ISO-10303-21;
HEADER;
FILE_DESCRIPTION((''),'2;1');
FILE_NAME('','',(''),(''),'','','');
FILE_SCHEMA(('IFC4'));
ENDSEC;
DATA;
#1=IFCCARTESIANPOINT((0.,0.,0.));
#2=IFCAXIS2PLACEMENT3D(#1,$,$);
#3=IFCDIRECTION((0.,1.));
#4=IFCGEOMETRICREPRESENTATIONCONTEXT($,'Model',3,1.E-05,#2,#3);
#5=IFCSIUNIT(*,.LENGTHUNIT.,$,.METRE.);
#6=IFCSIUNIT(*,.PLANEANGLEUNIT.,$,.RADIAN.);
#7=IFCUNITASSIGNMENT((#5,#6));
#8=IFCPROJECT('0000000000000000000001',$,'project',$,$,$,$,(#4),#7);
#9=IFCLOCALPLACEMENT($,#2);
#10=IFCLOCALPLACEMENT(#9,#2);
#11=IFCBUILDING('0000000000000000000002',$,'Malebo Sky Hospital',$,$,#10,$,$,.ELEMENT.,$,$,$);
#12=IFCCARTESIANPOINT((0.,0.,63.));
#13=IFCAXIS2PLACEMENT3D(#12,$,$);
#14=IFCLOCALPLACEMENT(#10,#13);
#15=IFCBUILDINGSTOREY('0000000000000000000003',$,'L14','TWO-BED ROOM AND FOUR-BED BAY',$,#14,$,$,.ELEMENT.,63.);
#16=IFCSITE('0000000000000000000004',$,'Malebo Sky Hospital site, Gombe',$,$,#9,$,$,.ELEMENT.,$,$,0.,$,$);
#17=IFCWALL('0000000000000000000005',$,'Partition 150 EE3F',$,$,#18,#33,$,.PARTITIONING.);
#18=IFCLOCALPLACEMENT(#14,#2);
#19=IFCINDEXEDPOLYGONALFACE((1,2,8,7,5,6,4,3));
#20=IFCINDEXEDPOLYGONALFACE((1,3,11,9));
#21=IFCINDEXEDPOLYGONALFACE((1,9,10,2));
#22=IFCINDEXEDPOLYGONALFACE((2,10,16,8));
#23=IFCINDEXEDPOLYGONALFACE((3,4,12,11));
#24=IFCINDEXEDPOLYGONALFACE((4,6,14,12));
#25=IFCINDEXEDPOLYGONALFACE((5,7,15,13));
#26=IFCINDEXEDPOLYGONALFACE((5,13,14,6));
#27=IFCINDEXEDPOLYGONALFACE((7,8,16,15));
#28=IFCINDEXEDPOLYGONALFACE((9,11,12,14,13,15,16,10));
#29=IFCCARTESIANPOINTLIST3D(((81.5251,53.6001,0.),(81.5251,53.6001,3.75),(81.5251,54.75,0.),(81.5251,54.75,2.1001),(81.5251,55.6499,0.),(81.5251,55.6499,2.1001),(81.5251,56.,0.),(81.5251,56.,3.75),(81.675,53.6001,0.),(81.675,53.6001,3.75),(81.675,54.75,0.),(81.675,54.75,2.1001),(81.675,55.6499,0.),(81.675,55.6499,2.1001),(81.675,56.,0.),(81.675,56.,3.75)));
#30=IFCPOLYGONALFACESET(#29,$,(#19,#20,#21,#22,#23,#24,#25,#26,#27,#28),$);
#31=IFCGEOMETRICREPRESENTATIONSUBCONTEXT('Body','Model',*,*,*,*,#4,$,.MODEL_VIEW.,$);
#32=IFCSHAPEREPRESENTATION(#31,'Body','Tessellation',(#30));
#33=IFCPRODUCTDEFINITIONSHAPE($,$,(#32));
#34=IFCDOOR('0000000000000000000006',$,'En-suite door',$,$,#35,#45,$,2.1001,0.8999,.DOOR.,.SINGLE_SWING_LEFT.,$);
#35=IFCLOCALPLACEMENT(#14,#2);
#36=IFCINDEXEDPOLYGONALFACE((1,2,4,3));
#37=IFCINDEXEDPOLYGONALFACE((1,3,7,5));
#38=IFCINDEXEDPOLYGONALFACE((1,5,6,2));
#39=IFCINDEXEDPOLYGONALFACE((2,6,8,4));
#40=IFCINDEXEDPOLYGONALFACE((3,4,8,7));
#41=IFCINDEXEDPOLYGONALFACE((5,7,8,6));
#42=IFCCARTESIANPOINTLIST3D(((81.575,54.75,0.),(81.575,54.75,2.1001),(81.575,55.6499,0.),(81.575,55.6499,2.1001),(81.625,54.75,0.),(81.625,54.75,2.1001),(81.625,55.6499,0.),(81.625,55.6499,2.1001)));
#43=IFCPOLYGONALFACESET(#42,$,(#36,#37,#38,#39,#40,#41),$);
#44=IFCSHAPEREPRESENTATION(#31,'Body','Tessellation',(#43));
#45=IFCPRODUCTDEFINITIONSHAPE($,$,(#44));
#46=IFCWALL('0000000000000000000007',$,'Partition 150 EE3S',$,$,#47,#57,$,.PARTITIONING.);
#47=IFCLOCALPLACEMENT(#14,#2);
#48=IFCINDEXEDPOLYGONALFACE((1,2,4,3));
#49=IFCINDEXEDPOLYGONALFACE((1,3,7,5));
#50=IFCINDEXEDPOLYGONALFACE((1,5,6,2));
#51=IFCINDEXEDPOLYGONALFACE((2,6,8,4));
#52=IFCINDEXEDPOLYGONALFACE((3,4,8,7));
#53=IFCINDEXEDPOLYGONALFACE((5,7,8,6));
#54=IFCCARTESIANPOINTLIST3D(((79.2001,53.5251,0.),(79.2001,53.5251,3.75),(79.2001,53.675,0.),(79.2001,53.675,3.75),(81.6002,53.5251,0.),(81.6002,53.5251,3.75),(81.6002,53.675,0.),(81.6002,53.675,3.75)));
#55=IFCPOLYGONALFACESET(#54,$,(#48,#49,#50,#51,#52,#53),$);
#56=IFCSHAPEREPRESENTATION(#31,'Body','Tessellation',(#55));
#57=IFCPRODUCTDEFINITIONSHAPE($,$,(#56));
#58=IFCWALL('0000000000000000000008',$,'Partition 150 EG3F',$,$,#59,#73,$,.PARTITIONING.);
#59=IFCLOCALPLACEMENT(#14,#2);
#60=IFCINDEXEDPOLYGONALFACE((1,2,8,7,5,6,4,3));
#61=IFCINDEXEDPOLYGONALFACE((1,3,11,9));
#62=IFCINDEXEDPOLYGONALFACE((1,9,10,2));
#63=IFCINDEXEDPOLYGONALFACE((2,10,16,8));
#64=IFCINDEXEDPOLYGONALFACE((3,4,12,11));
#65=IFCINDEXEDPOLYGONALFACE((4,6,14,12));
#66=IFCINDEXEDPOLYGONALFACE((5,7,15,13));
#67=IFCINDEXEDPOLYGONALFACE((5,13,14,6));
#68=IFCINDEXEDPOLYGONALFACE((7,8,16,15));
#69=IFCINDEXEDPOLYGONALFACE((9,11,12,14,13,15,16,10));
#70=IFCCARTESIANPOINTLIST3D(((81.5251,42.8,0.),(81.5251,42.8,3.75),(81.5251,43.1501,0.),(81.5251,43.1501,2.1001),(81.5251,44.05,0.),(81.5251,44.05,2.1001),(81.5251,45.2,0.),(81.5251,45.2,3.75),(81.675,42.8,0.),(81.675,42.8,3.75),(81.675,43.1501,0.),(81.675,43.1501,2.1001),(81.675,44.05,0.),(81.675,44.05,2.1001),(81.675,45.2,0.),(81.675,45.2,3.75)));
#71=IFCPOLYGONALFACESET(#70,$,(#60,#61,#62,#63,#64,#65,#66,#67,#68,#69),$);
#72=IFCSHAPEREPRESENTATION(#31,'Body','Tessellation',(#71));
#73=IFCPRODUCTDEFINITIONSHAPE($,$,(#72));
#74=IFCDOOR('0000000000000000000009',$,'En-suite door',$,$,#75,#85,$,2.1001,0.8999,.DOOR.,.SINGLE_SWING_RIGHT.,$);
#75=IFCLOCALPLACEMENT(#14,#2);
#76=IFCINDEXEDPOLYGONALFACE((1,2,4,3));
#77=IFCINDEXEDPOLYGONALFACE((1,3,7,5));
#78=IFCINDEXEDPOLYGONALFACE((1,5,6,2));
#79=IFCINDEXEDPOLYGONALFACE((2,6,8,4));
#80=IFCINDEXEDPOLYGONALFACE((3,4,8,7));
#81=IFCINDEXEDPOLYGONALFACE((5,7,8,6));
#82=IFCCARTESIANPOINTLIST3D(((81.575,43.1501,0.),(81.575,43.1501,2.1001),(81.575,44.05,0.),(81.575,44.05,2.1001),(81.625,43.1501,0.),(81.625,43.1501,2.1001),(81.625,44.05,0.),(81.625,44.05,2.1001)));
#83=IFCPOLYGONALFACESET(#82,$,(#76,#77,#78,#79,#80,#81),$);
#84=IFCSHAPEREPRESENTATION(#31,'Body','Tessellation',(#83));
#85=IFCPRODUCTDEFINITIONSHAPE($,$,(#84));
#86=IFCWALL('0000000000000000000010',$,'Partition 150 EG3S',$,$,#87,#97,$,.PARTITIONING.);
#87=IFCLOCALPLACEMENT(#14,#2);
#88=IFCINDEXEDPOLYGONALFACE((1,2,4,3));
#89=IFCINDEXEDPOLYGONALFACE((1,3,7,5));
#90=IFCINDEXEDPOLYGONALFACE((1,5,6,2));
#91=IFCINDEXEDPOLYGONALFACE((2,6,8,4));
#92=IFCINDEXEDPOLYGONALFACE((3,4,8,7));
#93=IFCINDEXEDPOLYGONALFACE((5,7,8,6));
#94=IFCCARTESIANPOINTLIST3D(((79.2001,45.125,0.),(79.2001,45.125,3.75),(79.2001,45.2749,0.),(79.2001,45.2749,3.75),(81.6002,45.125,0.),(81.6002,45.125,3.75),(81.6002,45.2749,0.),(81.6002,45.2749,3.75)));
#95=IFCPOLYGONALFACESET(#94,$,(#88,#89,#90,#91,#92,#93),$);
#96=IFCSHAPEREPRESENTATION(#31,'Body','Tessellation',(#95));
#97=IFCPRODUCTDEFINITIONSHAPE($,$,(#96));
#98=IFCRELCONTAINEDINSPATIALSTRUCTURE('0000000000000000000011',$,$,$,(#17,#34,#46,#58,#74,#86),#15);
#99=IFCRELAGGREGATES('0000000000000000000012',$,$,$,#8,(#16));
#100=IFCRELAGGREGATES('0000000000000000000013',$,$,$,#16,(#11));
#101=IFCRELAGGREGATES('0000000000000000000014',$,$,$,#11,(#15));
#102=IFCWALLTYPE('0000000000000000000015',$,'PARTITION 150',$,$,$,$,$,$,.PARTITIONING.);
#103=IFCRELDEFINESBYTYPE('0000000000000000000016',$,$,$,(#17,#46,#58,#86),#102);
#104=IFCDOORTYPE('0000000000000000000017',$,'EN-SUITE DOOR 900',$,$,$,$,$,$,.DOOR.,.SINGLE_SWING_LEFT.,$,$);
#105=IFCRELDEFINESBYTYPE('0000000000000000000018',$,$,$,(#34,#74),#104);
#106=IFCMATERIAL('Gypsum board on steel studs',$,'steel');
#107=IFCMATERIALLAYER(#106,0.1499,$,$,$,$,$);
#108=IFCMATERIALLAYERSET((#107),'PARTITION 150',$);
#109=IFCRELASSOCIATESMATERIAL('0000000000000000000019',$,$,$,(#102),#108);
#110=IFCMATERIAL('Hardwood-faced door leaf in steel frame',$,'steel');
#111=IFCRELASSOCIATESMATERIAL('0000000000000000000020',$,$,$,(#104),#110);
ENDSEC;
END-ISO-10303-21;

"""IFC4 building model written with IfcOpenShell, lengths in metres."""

from ifc_helpers import new_model, si_unit, direction, frame, frame_2d, origin, place, context, subcontext, project, spatial, rectangle, extrude, material, layer, layer_set, type_object, element, fill, save


model = new_model("IFC4")

# Units and contexts
model_context = context("Model", 3, precision=1e-05, world=origin(), true_north=direction((0.0, 1.0)))
body_context = subcontext(model_context, "Body", "Model", "MODEL_VIEW")
ifc_project = project(units=[si_unit("LENGTHUNIT", "METRE"), si_unit("PLANEANGLEUNIT", "RADIAN")], contexts=[model_context])

# Site, building, storey
site_placement = place(None, origin())
site = spatial("IfcSite", under=ifc_project, at=site_placement, Name="Malebo Sky Hospital site, Gombe", CompositionType="ELEMENT", RefElevation=0.0)
building_placement = place(site_placement, origin())
building = spatial("IfcBuilding", under=site, at=building_placement, Name="Malebo Sky Hospital", CompositionType="ELEMENT")
storey_placement = place(building_placement, frame((0.0, 0.0, 63.0)))
storey = spatial("IfcBuildingStorey", under=building, at=storey_placement, Name="L14", Description="TWO-BED ROOM AND FOUR-BED BAY", CompositionType="ELEMENT", Elevation=63.0)

# Shared definitions
ifc_material_1 = material(Name="Gypsum board on steel studs", Category="steel")
ifc_material_2 = material(Name="Hardwood-faced door leaf in steel frame", Category="steel")

# Shared definitions
ifc_layer_1 = layer(ifc_material_1, 0.1499)
ifc_layer_set_1 = layer_set([ifc_layer_1], Name="PARTITION 150")
wall_type_1 = type_object("IfcWallType", Name="PARTITION 150", PredefinedType="PARTITIONING", material=ifc_layer_set_1)

# Wall, opening, door
wall_1_placement = place(storey_placement, frame((81.6001, 56.0, 0.0), z_axis=(0.0, 0.0, 1.0), x_axis=(0.0, -1.0, 0.0)))
wall_1 = element("IfcWall", 1, at=wall_1_placement, inside=storey, type_object=wall_type_1, Name="Partition 150 EE3F", PredefinedType="PARTITIONING", context=body_context, shape_type="SweptSolid", body=[
    extrude(rectangle(XDim=2.3999, YDim=0.1499, at=frame_2d((1.2, 0.0))), origin(), (0.0, 0.0, 1.0), 3.75),
])
opening_1_placement = place(wall_1_placement, frame((0.3501, 0.0, 0.0)))
opening_1 = element("IfcOpeningElement", 2, at=opening_1_placement, cuts=wall_1, PredefinedType="OPENING", context=body_context, shape_type="SweptSolid", body=[
    extrude(rectangle(XDim=0.8999, YDim=2.1001, at=frame_2d((0.45, 1.05))), frame((0.0, 0.085, 0.0), z_axis=(0.0, -1.0, 0.0), x_axis=(1.0, 0.0, 0.0)), (0.0, 0.0, 1.0), 0.1699),
])
door_type_1 = type_object("IfcDoorType", Name="EN-SUITE DOOR 900", OperationType="SINGLE_SWING_LEFT", PredefinedType="DOOR", material=ifc_material_2)
door_1_placement = place(opening_1_placement, origin())
door_1 = element("IfcDoor", 3, at=door_1_placement, inside=storey, type_object=door_type_1, Name="En-suite door", OperationType="SINGLE_SWING_LEFT", OverallHeight=2.1001, OverallWidth=0.8999, PredefinedType="DOOR", context=body_context, shape_type="SweptSolid", body=[
    extrude(rectangle(XDim=0.8999, YDim=2.1001, at=frame_2d((0.45, 1.05))), frame((0.0, 0.0249, 0.0), z_axis=(0.0, -1.0, 0.0), x_axis=(1.0, 0.0, 0.0)), (0.0, 0.0, 1.0), 0.05),
])
fill(opening_1, door_1)

# Wall
wall_2_placement = place(storey_placement, frame((79.2, 53.6001, 0.0), z_axis=(0.0, 0.0, 1.0), x_axis=(1.0, 0.0, 0.0)))
element("IfcWall", 4, at=wall_2_placement, inside=storey, type_object=wall_type_1, Name="Partition 150 EE3S", PredefinedType="PARTITIONING", context=body_context, shape_type="SweptSolid", body=[
    extrude(rectangle(XDim=2.4001, YDim=0.1499, at=frame_2d((1.2002, 0.0))), origin(), (0.0, 0.0, 1.0), 3.75),
])

# Wall, opening, door
wall_3_placement = place(storey_placement, frame((81.6001, 45.2, 0.0), z_axis=(0.0, 0.0, 1.0), x_axis=(0.0, -1.0, 0.0)))
wall_3 = element("IfcWall", 5, at=wall_3_placement, inside=storey, type_object=wall_type_1, Name="Partition 150 EG3F", PredefinedType="PARTITIONING", context=body_context, shape_type="SweptSolid", body=[
    extrude(rectangle(XDim=2.3999, YDim=0.1499, at=frame_2d((1.2, 0.0))), origin(), (0.0, 0.0, 1.0), 3.75),
])
opening_2_placement = place(wall_3_placement, frame((1.1499, 0.0, 0.0)))
opening_2 = element("IfcOpeningElement", 6, at=opening_2_placement, cuts=wall_3, PredefinedType="OPENING", context=body_context, shape_type="SweptSolid", body=[
    extrude(rectangle(XDim=0.8999, YDim=2.1001, at=frame_2d((0.45, 1.05))), frame((0.0, 0.085, 0.0), z_axis=(0.0, -1.0, 0.0), x_axis=(1.0, 0.0, 0.0)), (0.0, 0.0, 1.0), 0.1699),
])
door_2_placement = place(opening_2_placement, origin())
door_2 = element("IfcDoor", 7, at=door_2_placement, inside=storey, type_object=door_type_1, Name="En-suite door", OperationType="SINGLE_SWING_RIGHT", OverallHeight=2.1001, OverallWidth=0.8999, PredefinedType="DOOR", context=body_context, shape_type="SweptSolid", body=[
    extrude(rectangle(XDim=0.8999, YDim=2.1001, at=frame_2d((0.45, 1.05))), frame((0.0, 0.0249, 0.0), z_axis=(0.0, -1.0, 0.0), x_axis=(1.0, 0.0, 0.0)), (0.0, 0.0, 1.0), 0.05),
])
fill(opening_2, door_2)

# Wall
wall_4_placement = place(storey_placement, frame((79.2, 45.2, 0.0), z_axis=(0.0, 0.0, 1.0), x_axis=(1.0, 0.0, 0.0)))
element("IfcWall", 8, at=wall_4_placement, inside=storey, type_object=wall_type_1, Name="Partition 150 EG3S", PredefinedType="PARTITIONING", context=body_context, shape_type="SweptSolid", body=[
    extrude(rectangle(XDim=2.4001, YDim=0.1499, at=frame_2d((1.2002, 0.0))), origin(), (0.0, 0.0, 1.0), 3.75),
])

save(model, "model.ifc")
